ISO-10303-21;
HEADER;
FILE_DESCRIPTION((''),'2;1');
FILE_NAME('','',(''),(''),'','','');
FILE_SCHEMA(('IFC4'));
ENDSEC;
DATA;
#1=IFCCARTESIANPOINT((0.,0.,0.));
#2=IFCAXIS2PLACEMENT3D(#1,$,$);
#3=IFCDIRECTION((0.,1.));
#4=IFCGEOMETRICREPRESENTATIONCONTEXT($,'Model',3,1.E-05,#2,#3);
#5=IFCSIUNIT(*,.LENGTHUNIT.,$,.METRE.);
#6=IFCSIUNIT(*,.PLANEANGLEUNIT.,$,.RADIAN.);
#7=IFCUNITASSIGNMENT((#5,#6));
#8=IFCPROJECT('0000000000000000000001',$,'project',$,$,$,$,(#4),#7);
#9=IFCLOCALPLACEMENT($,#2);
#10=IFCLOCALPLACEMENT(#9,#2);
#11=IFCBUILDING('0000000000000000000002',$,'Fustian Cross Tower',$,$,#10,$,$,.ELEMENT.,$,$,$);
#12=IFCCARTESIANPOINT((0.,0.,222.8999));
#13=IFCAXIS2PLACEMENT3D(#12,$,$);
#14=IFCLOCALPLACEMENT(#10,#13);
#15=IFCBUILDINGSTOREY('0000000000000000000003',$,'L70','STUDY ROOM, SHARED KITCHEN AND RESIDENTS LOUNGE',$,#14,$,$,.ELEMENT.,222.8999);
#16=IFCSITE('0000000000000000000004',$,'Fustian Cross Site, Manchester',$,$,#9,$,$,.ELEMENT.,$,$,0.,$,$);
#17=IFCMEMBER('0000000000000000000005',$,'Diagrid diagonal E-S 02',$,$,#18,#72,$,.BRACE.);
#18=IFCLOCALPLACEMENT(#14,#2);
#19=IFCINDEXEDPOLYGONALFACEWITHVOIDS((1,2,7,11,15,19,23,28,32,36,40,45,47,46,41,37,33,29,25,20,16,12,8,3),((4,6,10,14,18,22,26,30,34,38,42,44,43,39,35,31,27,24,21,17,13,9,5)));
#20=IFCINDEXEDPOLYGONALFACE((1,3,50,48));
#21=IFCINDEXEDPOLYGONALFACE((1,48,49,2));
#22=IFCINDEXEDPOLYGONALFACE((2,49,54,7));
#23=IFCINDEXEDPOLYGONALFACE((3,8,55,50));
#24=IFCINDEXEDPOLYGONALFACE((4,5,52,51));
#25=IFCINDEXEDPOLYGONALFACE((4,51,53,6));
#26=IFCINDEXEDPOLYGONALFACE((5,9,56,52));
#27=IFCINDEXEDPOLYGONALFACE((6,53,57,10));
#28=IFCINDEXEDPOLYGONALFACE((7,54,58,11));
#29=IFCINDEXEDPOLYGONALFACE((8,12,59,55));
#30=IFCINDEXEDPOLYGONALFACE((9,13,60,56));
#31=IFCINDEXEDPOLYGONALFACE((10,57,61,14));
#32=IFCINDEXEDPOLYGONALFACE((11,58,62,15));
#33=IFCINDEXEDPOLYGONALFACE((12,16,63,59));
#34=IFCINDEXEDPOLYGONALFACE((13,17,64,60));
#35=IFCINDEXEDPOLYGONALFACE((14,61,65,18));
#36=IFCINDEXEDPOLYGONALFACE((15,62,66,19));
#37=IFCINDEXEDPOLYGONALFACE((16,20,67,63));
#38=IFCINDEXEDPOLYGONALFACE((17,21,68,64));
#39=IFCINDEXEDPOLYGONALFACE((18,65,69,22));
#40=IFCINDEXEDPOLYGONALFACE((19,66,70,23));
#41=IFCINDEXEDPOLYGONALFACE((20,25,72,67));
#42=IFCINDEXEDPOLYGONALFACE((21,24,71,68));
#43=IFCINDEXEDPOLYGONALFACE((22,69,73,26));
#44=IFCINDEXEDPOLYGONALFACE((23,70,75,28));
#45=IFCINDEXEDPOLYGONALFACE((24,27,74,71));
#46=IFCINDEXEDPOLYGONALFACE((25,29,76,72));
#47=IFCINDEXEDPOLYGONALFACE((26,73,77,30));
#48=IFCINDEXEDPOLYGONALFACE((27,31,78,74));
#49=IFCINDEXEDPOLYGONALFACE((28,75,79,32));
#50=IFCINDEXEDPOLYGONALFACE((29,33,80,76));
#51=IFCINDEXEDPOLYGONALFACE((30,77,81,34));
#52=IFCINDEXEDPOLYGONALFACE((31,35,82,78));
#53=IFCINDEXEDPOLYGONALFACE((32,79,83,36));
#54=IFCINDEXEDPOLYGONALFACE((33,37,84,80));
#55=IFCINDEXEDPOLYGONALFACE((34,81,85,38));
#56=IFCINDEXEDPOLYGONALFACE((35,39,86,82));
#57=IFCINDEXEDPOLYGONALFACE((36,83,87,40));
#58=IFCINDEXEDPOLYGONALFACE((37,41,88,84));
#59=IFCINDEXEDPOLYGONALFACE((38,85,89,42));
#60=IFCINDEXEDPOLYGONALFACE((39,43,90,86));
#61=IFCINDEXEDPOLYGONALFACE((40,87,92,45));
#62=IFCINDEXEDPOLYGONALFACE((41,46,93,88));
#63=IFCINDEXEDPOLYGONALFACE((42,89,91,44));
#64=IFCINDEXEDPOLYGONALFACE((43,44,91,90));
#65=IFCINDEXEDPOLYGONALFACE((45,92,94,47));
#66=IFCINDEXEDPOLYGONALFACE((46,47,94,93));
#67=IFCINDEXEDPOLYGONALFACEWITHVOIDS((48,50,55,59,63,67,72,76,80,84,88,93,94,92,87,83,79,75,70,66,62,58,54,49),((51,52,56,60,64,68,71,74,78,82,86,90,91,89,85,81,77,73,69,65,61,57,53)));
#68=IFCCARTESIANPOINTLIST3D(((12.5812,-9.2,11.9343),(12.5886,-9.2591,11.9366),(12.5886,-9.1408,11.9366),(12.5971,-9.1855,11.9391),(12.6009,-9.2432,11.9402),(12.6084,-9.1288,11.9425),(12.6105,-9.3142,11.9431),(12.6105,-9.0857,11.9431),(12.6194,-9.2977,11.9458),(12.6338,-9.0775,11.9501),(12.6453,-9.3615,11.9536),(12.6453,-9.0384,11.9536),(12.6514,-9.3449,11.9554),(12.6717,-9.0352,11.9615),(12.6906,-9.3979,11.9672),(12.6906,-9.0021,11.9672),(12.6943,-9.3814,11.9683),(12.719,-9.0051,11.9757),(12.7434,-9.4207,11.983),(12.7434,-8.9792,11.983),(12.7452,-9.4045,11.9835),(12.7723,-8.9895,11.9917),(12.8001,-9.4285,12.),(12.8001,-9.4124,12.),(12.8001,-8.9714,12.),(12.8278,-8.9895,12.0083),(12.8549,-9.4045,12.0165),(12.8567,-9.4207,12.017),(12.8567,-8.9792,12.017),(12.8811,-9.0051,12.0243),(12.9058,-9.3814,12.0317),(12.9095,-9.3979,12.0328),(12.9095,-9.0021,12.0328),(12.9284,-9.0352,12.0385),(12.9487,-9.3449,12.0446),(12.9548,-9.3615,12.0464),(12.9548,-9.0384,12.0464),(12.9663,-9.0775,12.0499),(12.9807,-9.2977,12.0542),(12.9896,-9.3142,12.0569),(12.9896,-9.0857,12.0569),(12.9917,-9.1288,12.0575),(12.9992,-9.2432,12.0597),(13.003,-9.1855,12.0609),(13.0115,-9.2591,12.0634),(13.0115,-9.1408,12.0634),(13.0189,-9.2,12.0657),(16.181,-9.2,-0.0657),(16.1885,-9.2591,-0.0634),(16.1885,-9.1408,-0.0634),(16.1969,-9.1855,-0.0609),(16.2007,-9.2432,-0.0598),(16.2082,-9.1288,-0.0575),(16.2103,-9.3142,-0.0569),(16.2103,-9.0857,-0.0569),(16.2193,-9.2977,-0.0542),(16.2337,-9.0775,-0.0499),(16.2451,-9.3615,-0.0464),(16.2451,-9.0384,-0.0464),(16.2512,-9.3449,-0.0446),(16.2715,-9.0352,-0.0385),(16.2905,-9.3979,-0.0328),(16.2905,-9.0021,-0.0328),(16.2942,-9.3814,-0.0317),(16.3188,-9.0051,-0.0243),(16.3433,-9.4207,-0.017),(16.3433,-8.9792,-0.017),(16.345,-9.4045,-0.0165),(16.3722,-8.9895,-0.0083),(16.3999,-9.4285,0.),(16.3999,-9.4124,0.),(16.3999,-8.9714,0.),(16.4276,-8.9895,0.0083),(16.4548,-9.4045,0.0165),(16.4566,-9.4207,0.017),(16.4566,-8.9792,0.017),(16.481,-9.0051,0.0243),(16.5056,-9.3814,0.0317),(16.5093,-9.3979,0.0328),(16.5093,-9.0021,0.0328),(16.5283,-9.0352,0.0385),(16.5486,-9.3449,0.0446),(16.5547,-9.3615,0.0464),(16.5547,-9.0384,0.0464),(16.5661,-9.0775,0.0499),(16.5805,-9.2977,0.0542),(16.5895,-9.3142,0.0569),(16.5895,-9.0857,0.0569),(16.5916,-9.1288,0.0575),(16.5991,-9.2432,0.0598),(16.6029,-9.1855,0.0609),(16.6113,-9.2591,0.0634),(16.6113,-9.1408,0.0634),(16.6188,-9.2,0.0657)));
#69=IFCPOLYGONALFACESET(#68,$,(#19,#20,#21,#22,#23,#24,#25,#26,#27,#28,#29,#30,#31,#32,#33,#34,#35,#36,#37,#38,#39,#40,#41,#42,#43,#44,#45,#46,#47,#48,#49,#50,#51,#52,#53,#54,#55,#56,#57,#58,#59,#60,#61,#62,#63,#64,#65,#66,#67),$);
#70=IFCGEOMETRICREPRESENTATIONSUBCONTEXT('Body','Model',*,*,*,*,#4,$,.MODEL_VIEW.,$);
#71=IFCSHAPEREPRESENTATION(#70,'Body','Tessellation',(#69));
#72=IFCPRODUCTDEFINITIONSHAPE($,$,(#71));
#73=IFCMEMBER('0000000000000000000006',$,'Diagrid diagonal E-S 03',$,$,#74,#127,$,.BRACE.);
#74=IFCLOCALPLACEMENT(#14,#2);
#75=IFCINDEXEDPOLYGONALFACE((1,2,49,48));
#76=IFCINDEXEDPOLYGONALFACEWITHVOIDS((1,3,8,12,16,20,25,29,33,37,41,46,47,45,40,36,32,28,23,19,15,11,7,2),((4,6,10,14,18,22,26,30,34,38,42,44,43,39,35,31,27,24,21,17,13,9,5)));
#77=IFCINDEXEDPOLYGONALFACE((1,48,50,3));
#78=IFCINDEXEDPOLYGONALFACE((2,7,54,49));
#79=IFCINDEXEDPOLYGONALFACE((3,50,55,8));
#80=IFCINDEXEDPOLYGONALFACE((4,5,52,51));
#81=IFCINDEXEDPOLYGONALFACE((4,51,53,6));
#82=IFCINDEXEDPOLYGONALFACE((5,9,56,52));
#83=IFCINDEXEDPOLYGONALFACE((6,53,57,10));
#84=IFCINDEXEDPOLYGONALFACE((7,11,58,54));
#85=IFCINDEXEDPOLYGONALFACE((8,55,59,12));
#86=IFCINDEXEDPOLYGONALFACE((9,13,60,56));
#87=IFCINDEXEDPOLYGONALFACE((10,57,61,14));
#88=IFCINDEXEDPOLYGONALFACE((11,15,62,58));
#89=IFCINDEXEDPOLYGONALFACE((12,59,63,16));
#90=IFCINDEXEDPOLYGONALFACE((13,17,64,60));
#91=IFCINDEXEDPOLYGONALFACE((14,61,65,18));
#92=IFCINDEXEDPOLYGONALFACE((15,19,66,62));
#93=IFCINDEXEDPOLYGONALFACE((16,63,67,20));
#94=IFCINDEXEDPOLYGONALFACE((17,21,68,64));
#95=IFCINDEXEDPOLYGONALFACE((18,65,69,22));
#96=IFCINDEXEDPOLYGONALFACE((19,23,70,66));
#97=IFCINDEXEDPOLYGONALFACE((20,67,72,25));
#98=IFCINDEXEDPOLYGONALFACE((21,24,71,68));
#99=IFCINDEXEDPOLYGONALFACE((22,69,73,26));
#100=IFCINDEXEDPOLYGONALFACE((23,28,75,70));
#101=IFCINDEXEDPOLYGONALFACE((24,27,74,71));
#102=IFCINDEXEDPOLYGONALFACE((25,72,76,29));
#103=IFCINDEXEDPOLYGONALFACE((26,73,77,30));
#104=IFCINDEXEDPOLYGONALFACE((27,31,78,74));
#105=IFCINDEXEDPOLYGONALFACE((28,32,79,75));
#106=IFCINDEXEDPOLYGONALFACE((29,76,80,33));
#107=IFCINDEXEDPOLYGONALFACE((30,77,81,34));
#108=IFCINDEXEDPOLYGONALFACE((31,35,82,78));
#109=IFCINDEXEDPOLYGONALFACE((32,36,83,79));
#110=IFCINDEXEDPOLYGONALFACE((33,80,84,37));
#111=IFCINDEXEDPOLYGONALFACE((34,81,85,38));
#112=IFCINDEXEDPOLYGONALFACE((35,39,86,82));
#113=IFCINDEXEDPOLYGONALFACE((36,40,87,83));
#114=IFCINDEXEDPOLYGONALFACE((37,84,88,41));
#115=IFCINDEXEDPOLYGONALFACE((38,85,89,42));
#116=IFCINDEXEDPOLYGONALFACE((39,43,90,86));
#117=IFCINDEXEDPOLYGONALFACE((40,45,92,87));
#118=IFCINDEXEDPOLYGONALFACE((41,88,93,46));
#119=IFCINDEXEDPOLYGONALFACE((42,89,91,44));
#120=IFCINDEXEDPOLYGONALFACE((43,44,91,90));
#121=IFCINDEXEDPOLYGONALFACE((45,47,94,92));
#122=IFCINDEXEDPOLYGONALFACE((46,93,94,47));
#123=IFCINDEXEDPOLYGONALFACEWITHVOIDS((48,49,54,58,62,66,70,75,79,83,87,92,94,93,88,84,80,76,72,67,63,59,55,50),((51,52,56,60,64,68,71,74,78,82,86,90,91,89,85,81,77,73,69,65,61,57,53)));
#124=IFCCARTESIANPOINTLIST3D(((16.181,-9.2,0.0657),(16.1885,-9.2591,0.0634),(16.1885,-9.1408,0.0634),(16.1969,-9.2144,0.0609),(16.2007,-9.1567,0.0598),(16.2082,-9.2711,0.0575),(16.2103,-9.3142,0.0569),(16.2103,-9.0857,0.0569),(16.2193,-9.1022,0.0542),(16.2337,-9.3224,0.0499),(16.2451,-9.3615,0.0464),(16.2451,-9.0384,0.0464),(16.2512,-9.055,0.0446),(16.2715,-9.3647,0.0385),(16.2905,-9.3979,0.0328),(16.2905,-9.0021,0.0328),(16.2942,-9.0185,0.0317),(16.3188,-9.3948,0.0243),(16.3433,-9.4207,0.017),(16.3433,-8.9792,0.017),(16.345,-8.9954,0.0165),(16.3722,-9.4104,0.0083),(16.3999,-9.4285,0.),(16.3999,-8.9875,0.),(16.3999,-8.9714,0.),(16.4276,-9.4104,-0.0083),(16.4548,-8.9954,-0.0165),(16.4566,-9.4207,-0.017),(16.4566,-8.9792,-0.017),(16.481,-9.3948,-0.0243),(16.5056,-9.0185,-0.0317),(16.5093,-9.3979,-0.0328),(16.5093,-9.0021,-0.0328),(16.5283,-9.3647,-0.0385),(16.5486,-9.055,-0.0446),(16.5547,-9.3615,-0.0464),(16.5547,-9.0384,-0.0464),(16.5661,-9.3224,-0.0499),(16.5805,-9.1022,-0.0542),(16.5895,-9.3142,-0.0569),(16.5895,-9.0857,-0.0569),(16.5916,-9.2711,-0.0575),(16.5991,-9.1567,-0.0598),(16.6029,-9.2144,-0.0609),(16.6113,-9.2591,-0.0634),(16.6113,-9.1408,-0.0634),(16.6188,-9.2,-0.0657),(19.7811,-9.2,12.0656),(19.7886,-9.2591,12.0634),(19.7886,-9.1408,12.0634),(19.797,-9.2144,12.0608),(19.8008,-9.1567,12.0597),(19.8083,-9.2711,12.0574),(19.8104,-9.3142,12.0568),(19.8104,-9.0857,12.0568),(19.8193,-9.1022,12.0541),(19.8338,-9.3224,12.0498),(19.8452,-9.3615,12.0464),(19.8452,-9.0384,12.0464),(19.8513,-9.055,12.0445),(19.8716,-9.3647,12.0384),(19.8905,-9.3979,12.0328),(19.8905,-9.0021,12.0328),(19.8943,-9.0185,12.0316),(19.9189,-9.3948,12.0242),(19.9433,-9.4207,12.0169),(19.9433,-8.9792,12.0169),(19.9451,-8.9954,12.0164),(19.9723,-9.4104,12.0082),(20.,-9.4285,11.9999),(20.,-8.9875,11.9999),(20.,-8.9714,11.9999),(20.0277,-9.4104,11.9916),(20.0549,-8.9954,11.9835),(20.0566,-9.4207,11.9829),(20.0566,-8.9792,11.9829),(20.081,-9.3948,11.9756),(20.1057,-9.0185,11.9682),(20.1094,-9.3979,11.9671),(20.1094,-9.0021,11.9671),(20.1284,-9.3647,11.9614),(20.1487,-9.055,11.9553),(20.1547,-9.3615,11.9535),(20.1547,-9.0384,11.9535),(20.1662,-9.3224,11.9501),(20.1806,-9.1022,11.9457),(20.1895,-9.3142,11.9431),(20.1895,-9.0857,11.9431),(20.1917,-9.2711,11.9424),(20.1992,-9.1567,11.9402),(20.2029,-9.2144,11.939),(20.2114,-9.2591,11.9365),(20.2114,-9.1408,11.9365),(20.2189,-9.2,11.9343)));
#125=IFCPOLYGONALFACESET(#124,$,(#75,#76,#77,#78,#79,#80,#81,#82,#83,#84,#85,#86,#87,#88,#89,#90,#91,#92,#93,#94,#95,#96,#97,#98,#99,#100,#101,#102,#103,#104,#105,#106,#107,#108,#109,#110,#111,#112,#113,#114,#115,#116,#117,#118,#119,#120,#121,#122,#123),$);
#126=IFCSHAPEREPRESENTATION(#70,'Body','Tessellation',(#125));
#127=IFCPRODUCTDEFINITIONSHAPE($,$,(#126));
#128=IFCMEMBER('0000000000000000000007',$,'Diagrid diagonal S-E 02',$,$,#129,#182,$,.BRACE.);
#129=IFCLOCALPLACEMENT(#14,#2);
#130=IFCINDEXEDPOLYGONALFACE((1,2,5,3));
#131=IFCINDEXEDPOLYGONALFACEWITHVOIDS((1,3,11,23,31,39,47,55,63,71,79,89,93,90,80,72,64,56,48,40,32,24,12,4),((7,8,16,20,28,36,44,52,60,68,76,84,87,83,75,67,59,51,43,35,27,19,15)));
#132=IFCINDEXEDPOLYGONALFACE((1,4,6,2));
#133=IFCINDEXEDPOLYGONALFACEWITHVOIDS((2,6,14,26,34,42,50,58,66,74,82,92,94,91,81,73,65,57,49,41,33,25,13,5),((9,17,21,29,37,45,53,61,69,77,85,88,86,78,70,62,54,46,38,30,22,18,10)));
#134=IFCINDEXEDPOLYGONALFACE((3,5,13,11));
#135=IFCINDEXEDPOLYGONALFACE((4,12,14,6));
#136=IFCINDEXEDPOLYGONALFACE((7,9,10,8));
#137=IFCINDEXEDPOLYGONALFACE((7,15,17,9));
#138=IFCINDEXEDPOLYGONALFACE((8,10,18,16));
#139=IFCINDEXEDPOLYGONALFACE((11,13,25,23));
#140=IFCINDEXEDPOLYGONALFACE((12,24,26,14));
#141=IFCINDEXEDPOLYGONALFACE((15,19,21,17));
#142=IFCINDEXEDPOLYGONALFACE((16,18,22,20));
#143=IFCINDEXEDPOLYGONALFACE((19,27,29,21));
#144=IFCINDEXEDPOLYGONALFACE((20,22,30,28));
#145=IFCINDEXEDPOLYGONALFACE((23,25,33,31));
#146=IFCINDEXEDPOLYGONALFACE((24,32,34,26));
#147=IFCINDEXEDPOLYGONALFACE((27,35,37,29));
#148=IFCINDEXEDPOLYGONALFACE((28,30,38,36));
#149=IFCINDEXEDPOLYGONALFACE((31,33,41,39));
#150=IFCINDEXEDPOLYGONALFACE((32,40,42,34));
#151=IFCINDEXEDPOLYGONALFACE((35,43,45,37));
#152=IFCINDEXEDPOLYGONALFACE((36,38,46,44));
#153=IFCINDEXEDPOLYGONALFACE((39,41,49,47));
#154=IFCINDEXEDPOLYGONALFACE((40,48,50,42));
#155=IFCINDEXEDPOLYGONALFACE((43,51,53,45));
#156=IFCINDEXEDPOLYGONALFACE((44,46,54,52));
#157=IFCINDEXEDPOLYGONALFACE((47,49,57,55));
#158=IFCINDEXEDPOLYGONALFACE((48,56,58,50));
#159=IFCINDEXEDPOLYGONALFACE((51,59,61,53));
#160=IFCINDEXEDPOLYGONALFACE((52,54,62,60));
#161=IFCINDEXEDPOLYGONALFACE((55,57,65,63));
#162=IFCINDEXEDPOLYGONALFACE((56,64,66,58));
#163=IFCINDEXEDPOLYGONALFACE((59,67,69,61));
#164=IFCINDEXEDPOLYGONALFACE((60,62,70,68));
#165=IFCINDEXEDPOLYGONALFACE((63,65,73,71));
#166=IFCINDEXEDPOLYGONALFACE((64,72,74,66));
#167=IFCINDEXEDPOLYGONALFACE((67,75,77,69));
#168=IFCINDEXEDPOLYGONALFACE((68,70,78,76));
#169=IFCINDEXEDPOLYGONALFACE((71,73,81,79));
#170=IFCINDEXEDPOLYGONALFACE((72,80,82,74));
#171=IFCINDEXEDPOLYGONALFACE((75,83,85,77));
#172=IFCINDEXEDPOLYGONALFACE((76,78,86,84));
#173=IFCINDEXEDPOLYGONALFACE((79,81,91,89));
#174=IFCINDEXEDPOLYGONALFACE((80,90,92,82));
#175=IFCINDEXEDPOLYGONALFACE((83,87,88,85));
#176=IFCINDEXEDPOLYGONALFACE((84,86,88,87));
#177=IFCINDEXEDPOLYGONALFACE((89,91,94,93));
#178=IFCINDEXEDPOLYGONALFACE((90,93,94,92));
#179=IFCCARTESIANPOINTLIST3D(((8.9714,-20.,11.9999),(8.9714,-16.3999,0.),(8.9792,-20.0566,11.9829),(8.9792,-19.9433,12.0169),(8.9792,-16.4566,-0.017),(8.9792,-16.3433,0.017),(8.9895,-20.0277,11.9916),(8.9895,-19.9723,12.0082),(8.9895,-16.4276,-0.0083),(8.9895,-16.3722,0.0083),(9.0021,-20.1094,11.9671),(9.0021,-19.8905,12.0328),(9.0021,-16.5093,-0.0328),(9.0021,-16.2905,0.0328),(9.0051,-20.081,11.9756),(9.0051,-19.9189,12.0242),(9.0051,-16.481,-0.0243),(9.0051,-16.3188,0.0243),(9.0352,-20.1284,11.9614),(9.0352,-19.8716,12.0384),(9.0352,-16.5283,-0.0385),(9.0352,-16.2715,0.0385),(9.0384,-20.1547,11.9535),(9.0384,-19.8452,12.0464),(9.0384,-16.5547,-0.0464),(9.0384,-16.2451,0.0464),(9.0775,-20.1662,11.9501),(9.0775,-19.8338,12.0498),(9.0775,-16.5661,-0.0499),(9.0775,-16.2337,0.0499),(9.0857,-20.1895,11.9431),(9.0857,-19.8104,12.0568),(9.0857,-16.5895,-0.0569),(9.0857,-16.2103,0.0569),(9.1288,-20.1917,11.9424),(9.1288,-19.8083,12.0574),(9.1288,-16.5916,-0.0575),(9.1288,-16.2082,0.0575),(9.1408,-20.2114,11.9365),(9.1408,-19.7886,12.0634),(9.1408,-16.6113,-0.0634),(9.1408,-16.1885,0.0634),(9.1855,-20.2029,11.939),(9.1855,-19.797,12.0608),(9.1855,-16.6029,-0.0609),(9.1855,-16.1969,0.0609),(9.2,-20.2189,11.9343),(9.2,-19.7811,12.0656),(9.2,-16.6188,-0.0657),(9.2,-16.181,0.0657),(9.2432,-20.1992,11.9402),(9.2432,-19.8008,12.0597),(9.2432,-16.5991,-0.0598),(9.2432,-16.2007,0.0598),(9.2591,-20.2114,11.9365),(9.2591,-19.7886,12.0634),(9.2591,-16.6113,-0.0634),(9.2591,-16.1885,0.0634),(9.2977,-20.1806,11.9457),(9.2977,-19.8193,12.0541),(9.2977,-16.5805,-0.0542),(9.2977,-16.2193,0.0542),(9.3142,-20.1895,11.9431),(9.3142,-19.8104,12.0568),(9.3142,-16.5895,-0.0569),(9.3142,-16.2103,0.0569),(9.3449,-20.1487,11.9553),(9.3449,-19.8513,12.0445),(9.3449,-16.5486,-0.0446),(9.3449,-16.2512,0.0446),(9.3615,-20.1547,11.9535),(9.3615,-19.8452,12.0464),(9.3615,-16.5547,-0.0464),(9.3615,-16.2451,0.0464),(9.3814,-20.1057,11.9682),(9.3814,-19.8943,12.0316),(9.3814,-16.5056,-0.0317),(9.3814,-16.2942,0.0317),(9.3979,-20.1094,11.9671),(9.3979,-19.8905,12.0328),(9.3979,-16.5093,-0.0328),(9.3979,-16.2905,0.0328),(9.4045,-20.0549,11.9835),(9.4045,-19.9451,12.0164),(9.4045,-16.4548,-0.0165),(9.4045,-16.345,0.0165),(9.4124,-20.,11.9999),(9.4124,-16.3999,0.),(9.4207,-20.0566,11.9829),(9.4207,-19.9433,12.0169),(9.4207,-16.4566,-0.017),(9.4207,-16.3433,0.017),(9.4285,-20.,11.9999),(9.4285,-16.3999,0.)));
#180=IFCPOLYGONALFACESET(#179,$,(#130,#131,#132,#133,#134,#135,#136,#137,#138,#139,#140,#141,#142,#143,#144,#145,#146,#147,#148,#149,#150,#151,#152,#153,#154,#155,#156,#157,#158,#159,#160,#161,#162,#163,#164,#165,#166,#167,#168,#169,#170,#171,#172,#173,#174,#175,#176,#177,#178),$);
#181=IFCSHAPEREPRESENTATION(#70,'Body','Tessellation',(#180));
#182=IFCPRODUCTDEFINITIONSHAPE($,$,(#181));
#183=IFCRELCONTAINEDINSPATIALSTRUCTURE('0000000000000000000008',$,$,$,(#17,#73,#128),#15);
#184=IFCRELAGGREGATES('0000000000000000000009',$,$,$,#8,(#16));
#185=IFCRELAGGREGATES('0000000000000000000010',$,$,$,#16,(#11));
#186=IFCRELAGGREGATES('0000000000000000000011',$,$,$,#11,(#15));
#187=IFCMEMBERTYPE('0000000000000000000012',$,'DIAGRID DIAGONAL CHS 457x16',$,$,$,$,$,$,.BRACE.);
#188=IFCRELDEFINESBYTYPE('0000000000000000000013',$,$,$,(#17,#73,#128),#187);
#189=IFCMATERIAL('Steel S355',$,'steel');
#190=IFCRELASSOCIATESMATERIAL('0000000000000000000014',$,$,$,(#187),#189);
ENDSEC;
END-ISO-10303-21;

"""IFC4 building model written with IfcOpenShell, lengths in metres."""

from ifc_helpers import new_model, si_unit, direction, frame, origin, origin_2d, place, context, subcontext, project, spatial, hollow_circle, extrude, material, material_profile, profile_set, type_object, element, save


model = new_model("IFC4")

# Units and contexts
model_context = context("Model", 3, precision=1e-05, world=origin(), true_north=direction((0.0, 1.0)))
body_context = subcontext(model_context, "Body", "Model", "MODEL_VIEW")
ifc_project = project(units=[si_unit("LENGTHUNIT", "METRE"), si_unit("PLANEANGLEUNIT", "RADIAN")], contexts=[model_context])

# Site, building, storey
site_placement = place(None, origin())
site = spatial("IfcSite", under=ifc_project, at=site_placement, Name="Fustian Cross Site, Manchester", CompositionType="ELEMENT", RefElevation=0.0)
building_placement = place(site_placement, origin())
building = spatial("IfcBuilding", under=site, at=building_placement, Name="Fustian Cross Tower", CompositionType="ELEMENT")
storey_placement = place(building_placement, frame((0.0, 0.0, 222.8999)))
storey = spatial("IfcBuildingStorey", under=building, at=storey_placement, Name="L70", Description="STUDY ROOM, SHARED KITCHEN AND RESIDENTS LOUNGE", CompositionType="ELEMENT", Elevation=222.8999)

# Members
ifc_material_1 = material(Name="Steel S355", Category="steel")
ifc_material_profile_1 = material_profile(ifc_material_1, hollow_circle(Radius=0.2285, WallThickness=0.0161, at=origin_2d()), Name="CHS 457x16")
ifc_profile_set_1 = profile_set([ifc_material_profile_1], Name="Steel S355")
member_type_1 = type_object("IfcMemberType", Name="DIAGRID DIAGONAL CHS 457x16", PredefinedType="BRACE", material=ifc_profile_set_1)
for number, where, z_axis, x_axis, name in (
    (1, (16.3999, -9.2, 0.0), (-0.287337, 0.0, 0.95783), (0.0, -1.0, 0.0), "Diagrid diagonal E-S 02"),
    (2, (16.3999, -9.2, 0.0), (0.287355, 0.0, 0.957824), (0.0, 1.0, 0.0), "Diagrid diagonal E-S 03"),
    (3, (9.2, -16.3999, 0.0), (0.0, -0.287355, 0.957824), (1.0, 0.0, 0.0), "Diagrid diagonal S-E 02"),
):
    element("IfcMember", number, at=place(storey_placement, frame(where, z_axis=z_axis, x_axis=x_axis)), inside=storey, type_object=member_type_1, Name=name, PredefinedType="BRACE", context=body_context, shape_type="SweptSolid", body=[
        extrude(hollow_circle(Radius=0.2285, WallThickness=0.0161, at=origin_2d()), origin(), (0.0, 0.0, 1.0), 12.5283),
    ])

save(model, "model.ifc")
